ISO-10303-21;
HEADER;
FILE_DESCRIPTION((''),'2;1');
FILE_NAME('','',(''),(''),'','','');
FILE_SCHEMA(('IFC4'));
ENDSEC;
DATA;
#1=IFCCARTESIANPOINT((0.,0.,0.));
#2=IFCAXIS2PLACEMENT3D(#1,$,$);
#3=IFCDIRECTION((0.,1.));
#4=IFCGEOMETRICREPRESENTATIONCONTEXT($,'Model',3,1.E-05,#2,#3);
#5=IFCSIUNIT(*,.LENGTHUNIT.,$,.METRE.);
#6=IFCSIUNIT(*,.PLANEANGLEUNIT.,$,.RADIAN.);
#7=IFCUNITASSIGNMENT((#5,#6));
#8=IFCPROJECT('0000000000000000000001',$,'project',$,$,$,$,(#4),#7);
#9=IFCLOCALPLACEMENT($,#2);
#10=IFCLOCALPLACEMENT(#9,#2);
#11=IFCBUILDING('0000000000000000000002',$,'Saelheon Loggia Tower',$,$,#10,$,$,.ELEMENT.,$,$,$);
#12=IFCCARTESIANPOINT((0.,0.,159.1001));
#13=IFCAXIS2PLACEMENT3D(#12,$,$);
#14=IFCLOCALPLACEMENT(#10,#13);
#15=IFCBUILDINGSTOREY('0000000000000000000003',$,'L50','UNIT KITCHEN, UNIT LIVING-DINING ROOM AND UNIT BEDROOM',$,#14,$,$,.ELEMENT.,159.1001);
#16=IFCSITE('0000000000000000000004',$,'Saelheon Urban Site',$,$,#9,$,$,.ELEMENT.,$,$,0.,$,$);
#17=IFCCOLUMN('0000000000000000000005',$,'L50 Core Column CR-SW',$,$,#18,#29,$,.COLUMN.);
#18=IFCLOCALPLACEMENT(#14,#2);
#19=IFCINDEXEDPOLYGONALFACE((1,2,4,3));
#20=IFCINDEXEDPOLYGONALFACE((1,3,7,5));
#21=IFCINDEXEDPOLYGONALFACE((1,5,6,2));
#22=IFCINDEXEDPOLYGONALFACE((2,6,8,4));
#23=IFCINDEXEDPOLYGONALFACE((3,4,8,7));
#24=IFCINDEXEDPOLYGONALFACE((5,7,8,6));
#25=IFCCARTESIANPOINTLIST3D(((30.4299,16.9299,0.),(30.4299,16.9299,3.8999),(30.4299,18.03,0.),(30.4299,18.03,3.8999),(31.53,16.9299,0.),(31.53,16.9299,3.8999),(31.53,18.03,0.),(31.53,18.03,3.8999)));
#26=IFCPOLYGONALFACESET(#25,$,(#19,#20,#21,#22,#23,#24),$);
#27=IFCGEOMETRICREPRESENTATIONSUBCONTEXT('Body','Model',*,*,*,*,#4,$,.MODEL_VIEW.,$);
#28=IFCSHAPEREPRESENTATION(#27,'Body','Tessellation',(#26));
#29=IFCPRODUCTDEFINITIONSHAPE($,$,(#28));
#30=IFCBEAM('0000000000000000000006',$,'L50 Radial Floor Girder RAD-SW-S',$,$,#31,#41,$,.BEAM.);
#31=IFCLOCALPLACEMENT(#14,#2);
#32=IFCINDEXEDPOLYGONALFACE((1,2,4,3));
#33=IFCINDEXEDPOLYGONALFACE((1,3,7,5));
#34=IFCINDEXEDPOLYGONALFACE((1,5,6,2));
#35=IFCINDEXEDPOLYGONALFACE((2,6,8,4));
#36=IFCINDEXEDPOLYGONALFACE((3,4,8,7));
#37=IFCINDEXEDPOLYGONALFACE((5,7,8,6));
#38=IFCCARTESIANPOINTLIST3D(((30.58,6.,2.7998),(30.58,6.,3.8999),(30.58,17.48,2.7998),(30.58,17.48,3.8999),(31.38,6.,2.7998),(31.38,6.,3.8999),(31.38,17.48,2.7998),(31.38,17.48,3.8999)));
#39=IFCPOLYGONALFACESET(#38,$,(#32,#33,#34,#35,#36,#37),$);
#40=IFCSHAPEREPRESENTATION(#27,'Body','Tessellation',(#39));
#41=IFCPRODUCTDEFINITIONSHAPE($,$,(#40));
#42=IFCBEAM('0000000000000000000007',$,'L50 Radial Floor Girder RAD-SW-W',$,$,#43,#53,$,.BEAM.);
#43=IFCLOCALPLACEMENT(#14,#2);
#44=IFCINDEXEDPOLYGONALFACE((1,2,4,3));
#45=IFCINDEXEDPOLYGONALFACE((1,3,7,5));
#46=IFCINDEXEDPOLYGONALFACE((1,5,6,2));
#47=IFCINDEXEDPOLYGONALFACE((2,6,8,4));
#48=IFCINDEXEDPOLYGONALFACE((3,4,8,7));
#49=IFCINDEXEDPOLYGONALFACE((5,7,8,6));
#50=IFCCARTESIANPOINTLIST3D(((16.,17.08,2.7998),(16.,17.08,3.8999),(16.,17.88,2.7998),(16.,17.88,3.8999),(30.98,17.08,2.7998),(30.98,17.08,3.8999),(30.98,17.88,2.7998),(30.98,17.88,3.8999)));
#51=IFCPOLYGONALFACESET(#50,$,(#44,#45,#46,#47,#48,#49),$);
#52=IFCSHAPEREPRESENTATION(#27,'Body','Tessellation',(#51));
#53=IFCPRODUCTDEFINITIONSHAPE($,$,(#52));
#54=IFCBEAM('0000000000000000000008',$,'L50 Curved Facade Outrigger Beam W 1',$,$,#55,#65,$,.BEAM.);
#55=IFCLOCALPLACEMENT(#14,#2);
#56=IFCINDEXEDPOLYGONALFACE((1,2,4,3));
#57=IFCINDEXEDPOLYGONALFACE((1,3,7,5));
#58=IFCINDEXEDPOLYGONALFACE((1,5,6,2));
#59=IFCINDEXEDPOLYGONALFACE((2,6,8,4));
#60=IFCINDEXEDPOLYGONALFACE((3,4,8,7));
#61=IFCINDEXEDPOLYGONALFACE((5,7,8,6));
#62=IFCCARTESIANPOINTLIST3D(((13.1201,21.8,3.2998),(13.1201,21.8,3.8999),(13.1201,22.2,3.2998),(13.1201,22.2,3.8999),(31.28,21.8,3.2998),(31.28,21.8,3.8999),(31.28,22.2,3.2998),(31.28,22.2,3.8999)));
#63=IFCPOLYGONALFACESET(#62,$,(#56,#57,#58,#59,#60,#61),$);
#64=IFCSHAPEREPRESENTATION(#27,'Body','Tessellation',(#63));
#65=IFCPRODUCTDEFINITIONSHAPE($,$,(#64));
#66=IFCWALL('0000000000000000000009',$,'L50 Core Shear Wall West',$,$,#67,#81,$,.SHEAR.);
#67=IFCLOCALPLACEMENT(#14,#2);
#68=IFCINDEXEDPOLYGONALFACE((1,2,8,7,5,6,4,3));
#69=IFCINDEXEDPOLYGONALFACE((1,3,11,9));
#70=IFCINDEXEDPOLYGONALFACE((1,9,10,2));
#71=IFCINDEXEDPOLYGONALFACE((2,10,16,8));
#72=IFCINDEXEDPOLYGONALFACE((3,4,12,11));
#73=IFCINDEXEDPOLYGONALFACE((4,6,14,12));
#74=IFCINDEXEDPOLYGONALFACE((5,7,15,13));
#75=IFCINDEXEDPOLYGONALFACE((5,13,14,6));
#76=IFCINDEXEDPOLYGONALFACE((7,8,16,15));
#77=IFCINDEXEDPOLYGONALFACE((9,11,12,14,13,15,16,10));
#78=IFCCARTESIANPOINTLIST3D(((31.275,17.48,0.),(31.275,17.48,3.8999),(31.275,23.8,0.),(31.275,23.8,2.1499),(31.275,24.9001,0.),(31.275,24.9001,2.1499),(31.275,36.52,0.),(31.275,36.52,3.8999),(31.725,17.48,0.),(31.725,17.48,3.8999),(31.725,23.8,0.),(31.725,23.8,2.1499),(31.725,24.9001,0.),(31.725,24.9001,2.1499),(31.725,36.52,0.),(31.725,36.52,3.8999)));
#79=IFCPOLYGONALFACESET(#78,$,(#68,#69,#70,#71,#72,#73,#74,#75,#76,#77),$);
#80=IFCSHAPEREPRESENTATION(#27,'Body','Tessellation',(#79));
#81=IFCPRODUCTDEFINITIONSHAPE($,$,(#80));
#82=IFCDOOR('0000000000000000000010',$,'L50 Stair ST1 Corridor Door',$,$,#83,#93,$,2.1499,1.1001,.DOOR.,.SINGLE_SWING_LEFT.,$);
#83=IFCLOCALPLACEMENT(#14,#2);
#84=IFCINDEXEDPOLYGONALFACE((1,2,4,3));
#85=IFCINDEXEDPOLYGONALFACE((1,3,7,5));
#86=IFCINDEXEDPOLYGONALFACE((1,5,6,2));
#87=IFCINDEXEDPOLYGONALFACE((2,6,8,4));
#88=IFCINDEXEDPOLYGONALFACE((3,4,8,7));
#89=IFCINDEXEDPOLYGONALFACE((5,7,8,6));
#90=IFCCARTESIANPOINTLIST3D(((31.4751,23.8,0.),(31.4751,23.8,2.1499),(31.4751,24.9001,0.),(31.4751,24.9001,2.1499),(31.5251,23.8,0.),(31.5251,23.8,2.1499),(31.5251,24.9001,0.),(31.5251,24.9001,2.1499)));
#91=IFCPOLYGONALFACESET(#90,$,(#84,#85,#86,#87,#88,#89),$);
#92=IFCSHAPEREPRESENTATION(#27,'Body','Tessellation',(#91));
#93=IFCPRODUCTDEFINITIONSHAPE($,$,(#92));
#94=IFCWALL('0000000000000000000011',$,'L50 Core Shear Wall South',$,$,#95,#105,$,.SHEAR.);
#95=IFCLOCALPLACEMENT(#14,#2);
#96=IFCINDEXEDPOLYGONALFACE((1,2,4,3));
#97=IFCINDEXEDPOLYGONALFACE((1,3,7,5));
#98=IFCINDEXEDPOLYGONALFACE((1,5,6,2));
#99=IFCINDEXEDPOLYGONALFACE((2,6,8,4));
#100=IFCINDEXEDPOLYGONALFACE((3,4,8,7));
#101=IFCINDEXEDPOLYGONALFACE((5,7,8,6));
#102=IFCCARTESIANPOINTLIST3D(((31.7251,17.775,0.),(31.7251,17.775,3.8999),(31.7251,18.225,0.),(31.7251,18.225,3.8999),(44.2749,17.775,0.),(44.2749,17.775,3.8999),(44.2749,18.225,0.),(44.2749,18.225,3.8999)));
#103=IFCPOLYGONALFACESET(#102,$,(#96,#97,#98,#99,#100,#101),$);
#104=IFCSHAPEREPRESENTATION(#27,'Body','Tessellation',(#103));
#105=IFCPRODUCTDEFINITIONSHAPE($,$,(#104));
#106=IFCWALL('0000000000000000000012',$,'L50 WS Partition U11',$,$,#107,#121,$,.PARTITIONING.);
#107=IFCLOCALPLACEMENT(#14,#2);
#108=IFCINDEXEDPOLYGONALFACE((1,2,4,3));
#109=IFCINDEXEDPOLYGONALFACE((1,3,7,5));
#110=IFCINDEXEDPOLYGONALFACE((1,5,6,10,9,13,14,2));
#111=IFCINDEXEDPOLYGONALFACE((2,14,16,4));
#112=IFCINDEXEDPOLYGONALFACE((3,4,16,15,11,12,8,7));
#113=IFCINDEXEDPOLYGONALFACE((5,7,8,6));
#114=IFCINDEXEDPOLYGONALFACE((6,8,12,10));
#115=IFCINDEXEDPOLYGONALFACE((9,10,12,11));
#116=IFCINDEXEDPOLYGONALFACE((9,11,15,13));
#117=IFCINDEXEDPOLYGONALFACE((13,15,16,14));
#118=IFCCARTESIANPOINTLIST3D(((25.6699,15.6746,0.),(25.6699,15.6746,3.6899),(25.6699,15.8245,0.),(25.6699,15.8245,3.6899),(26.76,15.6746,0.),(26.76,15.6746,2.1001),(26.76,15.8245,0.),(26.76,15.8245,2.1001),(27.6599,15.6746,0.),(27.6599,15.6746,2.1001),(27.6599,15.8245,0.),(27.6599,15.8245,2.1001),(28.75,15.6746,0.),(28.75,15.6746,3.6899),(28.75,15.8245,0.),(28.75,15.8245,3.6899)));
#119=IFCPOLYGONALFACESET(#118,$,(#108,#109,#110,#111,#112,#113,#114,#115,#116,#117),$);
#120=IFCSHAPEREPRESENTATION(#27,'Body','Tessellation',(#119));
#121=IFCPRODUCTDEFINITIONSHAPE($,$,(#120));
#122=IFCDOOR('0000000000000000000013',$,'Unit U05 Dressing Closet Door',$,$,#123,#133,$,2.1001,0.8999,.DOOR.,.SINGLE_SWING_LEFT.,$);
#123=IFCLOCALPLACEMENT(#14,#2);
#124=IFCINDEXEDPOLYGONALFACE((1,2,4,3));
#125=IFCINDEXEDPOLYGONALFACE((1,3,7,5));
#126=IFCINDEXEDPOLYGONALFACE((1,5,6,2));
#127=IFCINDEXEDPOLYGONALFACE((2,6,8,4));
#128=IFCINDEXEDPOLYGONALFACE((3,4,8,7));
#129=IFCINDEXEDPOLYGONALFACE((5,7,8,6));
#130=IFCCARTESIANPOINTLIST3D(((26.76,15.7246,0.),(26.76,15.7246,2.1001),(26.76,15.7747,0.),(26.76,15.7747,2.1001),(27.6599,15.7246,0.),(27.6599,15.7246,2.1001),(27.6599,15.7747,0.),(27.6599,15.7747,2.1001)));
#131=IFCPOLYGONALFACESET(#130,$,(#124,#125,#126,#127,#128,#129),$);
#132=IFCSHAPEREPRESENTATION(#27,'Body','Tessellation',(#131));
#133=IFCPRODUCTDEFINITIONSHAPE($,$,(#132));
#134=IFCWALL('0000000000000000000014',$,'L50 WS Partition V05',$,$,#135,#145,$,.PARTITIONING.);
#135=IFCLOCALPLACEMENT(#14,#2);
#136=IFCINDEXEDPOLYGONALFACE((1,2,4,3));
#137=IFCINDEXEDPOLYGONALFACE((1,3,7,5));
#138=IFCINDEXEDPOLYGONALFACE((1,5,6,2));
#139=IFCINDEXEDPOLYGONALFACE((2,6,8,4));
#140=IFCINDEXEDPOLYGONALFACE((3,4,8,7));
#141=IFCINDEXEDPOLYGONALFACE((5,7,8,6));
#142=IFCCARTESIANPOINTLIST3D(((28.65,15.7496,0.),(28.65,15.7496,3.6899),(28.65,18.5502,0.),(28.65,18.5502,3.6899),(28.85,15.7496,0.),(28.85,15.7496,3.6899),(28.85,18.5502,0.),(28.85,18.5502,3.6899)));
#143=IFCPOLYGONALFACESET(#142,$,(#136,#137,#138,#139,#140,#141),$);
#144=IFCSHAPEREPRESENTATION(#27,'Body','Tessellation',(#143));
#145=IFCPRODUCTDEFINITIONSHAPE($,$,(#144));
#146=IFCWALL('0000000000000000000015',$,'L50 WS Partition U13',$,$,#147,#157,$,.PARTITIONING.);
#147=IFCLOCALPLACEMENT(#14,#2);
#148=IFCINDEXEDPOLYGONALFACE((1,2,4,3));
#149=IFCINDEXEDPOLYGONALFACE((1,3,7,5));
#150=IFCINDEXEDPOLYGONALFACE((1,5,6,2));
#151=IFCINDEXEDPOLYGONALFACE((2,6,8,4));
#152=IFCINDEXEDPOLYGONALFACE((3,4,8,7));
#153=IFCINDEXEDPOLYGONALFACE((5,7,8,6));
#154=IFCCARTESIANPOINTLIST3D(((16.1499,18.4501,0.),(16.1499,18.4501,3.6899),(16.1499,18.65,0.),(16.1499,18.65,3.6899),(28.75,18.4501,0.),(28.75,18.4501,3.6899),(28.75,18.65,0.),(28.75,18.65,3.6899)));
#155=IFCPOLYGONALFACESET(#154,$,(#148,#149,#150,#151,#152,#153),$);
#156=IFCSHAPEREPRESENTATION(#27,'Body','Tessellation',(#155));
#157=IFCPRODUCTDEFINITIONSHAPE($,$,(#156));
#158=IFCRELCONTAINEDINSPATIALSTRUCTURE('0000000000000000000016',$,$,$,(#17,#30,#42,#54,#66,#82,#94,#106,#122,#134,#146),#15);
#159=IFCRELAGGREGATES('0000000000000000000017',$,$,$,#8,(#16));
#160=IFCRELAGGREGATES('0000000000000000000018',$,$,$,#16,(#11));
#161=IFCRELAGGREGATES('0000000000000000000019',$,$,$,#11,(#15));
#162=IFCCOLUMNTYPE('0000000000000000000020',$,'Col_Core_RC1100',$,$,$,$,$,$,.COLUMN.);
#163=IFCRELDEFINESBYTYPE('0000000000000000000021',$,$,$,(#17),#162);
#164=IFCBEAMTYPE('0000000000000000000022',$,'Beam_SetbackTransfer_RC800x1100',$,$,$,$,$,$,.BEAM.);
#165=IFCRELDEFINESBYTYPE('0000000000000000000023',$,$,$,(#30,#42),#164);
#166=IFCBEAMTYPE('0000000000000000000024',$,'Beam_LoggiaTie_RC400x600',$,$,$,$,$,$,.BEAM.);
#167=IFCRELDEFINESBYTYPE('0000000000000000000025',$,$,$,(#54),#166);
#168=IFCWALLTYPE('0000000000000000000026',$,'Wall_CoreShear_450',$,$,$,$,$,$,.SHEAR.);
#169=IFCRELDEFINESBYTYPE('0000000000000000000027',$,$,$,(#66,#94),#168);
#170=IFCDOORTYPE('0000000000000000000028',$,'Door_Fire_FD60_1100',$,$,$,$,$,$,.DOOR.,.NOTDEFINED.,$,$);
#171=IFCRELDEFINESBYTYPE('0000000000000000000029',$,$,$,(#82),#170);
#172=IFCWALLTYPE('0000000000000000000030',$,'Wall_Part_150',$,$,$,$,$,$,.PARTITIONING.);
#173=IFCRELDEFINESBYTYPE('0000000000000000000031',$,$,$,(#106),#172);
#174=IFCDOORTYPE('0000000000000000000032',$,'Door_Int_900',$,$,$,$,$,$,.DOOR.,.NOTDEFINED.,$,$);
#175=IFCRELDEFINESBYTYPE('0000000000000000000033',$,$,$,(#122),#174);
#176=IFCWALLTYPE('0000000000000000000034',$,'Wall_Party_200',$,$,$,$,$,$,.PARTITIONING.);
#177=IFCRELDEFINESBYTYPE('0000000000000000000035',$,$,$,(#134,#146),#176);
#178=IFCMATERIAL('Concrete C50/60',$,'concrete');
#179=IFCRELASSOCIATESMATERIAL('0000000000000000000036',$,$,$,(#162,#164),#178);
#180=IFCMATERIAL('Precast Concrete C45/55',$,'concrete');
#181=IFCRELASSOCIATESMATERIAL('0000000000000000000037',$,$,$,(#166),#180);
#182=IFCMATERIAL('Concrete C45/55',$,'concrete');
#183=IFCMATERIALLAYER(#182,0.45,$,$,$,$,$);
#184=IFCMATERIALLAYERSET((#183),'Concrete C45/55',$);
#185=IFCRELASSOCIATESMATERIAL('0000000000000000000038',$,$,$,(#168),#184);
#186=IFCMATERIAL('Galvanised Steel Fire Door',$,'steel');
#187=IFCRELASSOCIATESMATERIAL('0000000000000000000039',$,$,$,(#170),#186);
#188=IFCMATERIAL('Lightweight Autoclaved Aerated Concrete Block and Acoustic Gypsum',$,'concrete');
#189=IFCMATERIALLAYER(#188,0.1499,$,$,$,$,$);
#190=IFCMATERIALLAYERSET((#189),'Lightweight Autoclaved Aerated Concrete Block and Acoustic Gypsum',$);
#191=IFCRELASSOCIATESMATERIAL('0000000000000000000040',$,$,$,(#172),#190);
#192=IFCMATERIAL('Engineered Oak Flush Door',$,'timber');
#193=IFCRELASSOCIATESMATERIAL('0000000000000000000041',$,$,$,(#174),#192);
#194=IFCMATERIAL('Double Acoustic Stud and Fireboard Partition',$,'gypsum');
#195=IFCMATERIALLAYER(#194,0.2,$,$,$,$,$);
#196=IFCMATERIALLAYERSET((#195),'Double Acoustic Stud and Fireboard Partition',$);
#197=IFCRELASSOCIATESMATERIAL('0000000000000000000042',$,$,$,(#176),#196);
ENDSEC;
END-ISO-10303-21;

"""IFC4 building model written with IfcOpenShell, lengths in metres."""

from ifc_helpers import new_model, si_unit, direction, frame, frame_2d, origin, origin_2d, place, context, subcontext, project, spatial, rectangle, extrude, source, transform, mapped, material, layer, layer_set, material_profile, profile_set, type_object, element, fill, save


model = new_model("IFC4")

# Units and contexts
model_context = context("Model", 3, precision=1e-05, world=origin(), true_north=direction((0.0, 1.0)))
body_context = subcontext(model_context, "Body", "Model", "MODEL_VIEW")
ifc_project = project(units=[si_unit("LENGTHUNIT", "METRE"), si_unit("PLANEANGLEUNIT", "RADIAN")], contexts=[model_context])

# Site, building, storey
site_placement = place(None, origin())
site = spatial("IfcSite", under=ifc_project, at=site_placement, Name="Saelheon Urban Site", CompositionType="ELEMENT", RefElevation=0.0)
building_placement = place(site_placement, origin())
building = spatial("IfcBuilding", under=site, at=building_placement, Name="Saelheon Loggia Tower", CompositionType="ELEMENT")
storey_placement = place(building_placement, frame((0.0, 0.0, 159.1001)))
storey = spatial("IfcBuildingStorey", under=building, at=storey_placement, Name="L50", Description="UNIT KITCHEN, UNIT LIVING-DINING ROOM AND UNIT BEDROOM", CompositionType="ELEMENT", Elevation=159.1001)

# Column
ifc_material_1 = material(Name="Concrete C50/60", Category="concrete")
ifc_material_profile_1 = material_profile(ifc_material_1, rectangle(XDim=1.1001, YDim=1.1001, at=origin_2d()), Name="RC-1100x1100")
ifc_profile_set_1 = profile_set([ifc_material_profile_1], Name="Concrete C50/60")
column_type = type_object("IfcColumnType", Name="Col_Core_RC1100", PredefinedType="COLUMN", material=ifc_profile_set_1)
shared_shape_1 = source(origin(), body_context, "Body", "SweptSolid", [
    extrude(rectangle(XDim=1.1001, YDim=1.1001, at=origin_2d()), origin(), (0.0, 0.0, 1.0), 3.8999),
])
column_placement = place(storey_placement, frame((30.98, 17.48, 0.0), z_axis=(0.0, 0.0, 1.0), x_axis=(1.0, 0.0, 0.0)))
element("IfcColumn", 1, at=column_placement, inside=storey, type_object=column_type, Name="L50 Core Column CR-SW", PredefinedType="COLUMN", context=body_context, shape_type="MappedRepresentation", body=[
    mapped(shared_shape_1, transform((0.0, 0.0, 0.0), scale=1.0)),
])

# Beams
ifc_material_profile_2 = material_profile(ifc_material_1, rectangle(XDim=0.8, YDim=1.1001, at=origin_2d()), Name="RC-800x1100")
ifc_profile_set_2 = profile_set([ifc_material_profile_2], Name="Concrete C50/60")
beam_type_1 = type_object("IfcBeamType", Name="Beam_SetbackTransfer_RC800x1100", PredefinedType="BEAM", material=ifc_profile_set_2)
shared_shape_2 = source(origin(), body_context, "Body", "SweptSolid", [
    extrude(rectangle(XDim=0.8, YDim=1.1001, at=origin_2d()), origin(), (0.0, 0.0, 1.0), 11.48),
])
beam_1_placement = place(storey_placement, frame((30.98, 17.48, 3.3499), z_axis=(0.0, -1.0, 0.0), x_axis=(1.0, 0.0, 0.0)))
element("IfcBeam", 2, at=beam_1_placement, inside=storey, type_object=beam_type_1, Name="L50 Radial Floor Girder RAD-SW-S", PredefinedType="BEAM", context=body_context, shape_type="MappedRepresentation", body=[
    mapped(shared_shape_2, transform((0.0, 0.0, 0.0), scale=1.0)),
])
shared_shape_3 = source(origin(), body_context, "Body", "SweptSolid", [
    extrude(rectangle(XDim=0.8, YDim=1.1001, at=origin_2d()), origin(), (0.0, 0.0, 1.0), 14.98),
])
beam_2_placement = place(storey_placement, frame((30.98, 17.48, 3.3499), z_axis=(-1.0, 0.0, 0.0), x_axis=(0.0, -1.0, 0.0)))
element("IfcBeam", 3, at=beam_2_placement, inside=storey, type_object=beam_type_1, Name="L50 Radial Floor Girder RAD-SW-W", PredefinedType="BEAM", context=body_context, shape_type="MappedRepresentation", body=[
    mapped(shared_shape_3, transform((0.0, 0.0, 0.0), scale=1.0)),
])
ifc_material_2 = material(Name="Precast Concrete C45/55", Category="concrete")
ifc_material_profile_3 = material_profile(ifc_material_2, rectangle(XDim=0.3999, YDim=0.6001, at=origin_2d()), Name="RC-400x600")
ifc_profile_set_3 = profile_set([ifc_material_profile_3], Name="Precast Concrete C45/55")
beam_type_2 = type_object("IfcBeamType", Name="Beam_LoggiaTie_RC400x600", PredefinedType="BEAM", material=ifc_profile_set_3)
shared_shape_4 = source(origin(), body_context, "Body", "SweptSolid", [
    extrude(rectangle(XDim=0.3999, YDim=0.6001, at=origin_2d()), origin(), (0.0, 0.0, 1.0), 18.1599),
])
beam_3_placement = place(storey_placement, frame((31.28, 22.0, 3.5999), z_axis=(-1.0, 0.0, 0.0), x_axis=(0.0, -1.0, 0.0)))
element("IfcBeam", 4, at=beam_3_placement, inside=storey, type_object=beam_type_2, Name="L50 Curved Facade Outrigger Beam W 1", PredefinedType="BEAM", context=body_context, shape_type="MappedRepresentation", body=[
    mapped(shared_shape_4, transform((0.0, 0.0, 0.0), scale=1.0)),
])

# Wall, opening, door
ifc_material_3 = material(Name="Concrete C45/55", Category="concrete")
ifc_layer_1 = layer(ifc_material_3, 0.45)
ifc_layer_set_1 = layer_set([ifc_layer_1], Name="Concrete C45/55")
wall_type_1 = type_object("IfcWallType", Name="Wall_CoreShear_450", PredefinedType="SHEAR", material=ifc_layer_set_1)
wall_1_placement = place(storey_placement, frame((31.5, 17.48, 0.0), z_axis=(0.0, 0.0, 1.0), x_axis=(0.0, 1.0, 0.0)))
wall_1 = element("IfcWall", 5, at=wall_1_placement, inside=storey, type_object=wall_type_1, Name="L50 Core Shear Wall West", PredefinedType="SHEAR", context=body_context, shape_type="SweptSolid", body=[
    extrude(rectangle(XDim=19.04, YDim=0.45, at=frame_2d((9.52, 0.0))), origin(), (0.0, 0.0, 1.0), 3.8999),
])
opening_1_placement = place(wall_1_placement, frame((6.3201, 0.0, 0.0)))
opening_1 = element("IfcOpeningElement", 6, at=opening_1_placement, cuts=wall_1, PredefinedType="OPENING", context=body_context, shape_type="SweptSolid", body=[
    extrude(rectangle(XDim=1.1001, YDim=2.1499, at=frame_2d((0.55, 1.075))), frame((0.0, 0.2371, 0.0), z_axis=(0.0, -1.0, 0.0), x_axis=(1.0, 0.0, 0.0)), (0.0, 0.0, 1.0), 0.4739),
])
ifc_material_4 = material(Name="Galvanised Steel Fire Door", Category="steel")
door_type_1 = type_object("IfcDoorType", Name="Door_Fire_FD60_1100", OperationType="NOTDEFINED", PredefinedType="DOOR", material=ifc_material_4)
shared_shape_5 = source(origin(), body_context, "Body", "SweptSolid", [
    extrude(rectangle(XDim=1.1001, YDim=2.1499, at=frame_2d((0.55, 1.075))), frame((0.0, 0.0249, 0.0), z_axis=(0.0, -1.0, 0.0), x_axis=(1.0, 0.0, 0.0)), (0.0, 0.0, 1.0), 0.05),
])
door_1_placement = place(opening_1_placement, origin())
door_1 = element("IfcDoor", 7, at=door_1_placement, inside=storey, type_object=door_type_1, Name="L50 Stair ST1 Corridor Door", OperationType="SINGLE_SWING_LEFT", OverallHeight=2.1499, OverallWidth=1.1001, PredefinedType="DOOR", context=body_context, shape_type="MappedRepresentation", body=[
    mapped(shared_shape_5, transform((0.0, 0.0, 0.0), scale=1.0)),
])
fill(opening_1, door_1)

# Wall
wall_2_placement = place(storey_placement, frame((31.7251, 18.0, 0.0), z_axis=(0.0, 0.0, 1.0), x_axis=(1.0, 0.0, 0.0)))
element("IfcWall", 8, at=wall_2_placement, inside=storey, type_object=wall_type_1, Name="L50 Core Shear Wall South", PredefinedType="SHEAR", context=body_context, shape_type="SweptSolid", body=[
    extrude(rectangle(XDim=12.5498, YDim=0.45, at=frame_2d((6.2749, 0.0))), origin(), (0.0, 0.0, 1.0), 3.8999),
])

# Wall, opening, door
ifc_material_5 = material(Name="Lightweight Autoclaved Aerated Concrete Block and Acoustic Gypsum", Category="concrete")
ifc_layer_2 = layer(ifc_material_5, 0.1499)
ifc_layer_set_2 = layer_set([ifc_layer_2], Name="Lightweight Autoclaved Aerated Concrete Block and Acoustic Gypsum")
wall_type_2 = type_object("IfcWallType", Name="Wall_Part_150", PredefinedType="PARTITIONING", material=ifc_layer_set_2)
wall_3_placement = place(storey_placement, frame((28.75, 15.7495, 0.0), z_axis=(0.0, 0.0, 1.0), x_axis=(-1.0, 0.0, 0.0)))
wall_3 = element("IfcWall", 9, at=wall_3_placement, inside=storey, type_object=wall_type_2, Name="L50 WS Partition U11", PredefinedType="PARTITIONING", context=body_context, shape_type="SweptSolid", body=[
    extrude(rectangle(XDim=3.0801, YDim=0.1499, at=frame_2d((1.54, 0.0))), origin(), (0.0, 0.0, 1.0), 3.6899),
])
opening_2_placement = place(wall_3_placement, frame((1.0901, 0.0, 0.0)))
opening_2 = element("IfcOpeningElement", 10, at=opening_2_placement, cuts=wall_3, PredefinedType="OPENING", context=body_context, shape_type="SweptSolid", body=[
    extrude(rectangle(XDim=0.8999, YDim=2.1001, at=frame_2d((0.45, 1.05))), frame((0.0, 0.0869, 0.0), z_axis=(0.0, -1.0, 0.0), x_axis=(1.0, 0.0, 0.0)), (0.0, 0.0, 1.0), 0.1738),
])
ifc_material_6 = material(Name="Engineered Oak Flush Door", Category="timber")
door_type_2 = type_object("IfcDoorType", Name="Door_Int_900", OperationType="NOTDEFINED", PredefinedType="DOOR", material=ifc_material_6)
shared_shape_6 = source(origin(), body_context, "Body", "SweptSolid", [
    extrude(rectangle(XDim=0.8999, YDim=2.1001, at=frame_2d((0.45, 1.05))), frame((0.0, 0.0249, 0.0), z_axis=(0.0, -1.0, 0.0), x_axis=(1.0, 0.0, 0.0)), (0.0, 0.0, 1.0), 0.05),
])
door_2_placement = place(opening_2_placement, origin())
door_2 = element("IfcDoor", 11, at=door_2_placement, inside=storey, type_object=door_type_2, Name="Unit U05 Dressing Closet Door", OperationType="SINGLE_SWING_LEFT", OverallHeight=2.1001, OverallWidth=0.8999, PredefinedType="DOOR", context=body_context, shape_type="MappedRepresentation", body=[
    mapped(shared_shape_6, transform((0.0, 0.0, 0.0), scale=1.0)),
])
fill(opening_2, door_2)

# Walls
ifc_material_7 = material(Name="Double Acoustic Stud and Fireboard Partition", Category="gypsum")
ifc_layer_3 = layer(ifc_material_7, 0.2)
ifc_layer_set_3 = layer_set([ifc_layer_3], Name="Double Acoustic Stud and Fireboard Partition")
wall_type_3 = type_object("IfcWallType", Name="Wall_Party_200", PredefinedType="PARTITIONING", material=ifc_layer_set_3)
wall_4_placement = place(storey_placement, frame((28.75, 15.7495, 0.0), z_axis=(0.0, 0.0, 1.0), x_axis=(0.0, 1.0, 0.0)))
element("IfcWall", 12, at=wall_4_placement, inside=storey, type_object=wall_type_3, Name="L50 WS Partition V05", PredefinedType="PARTITIONING", context=body_context, shape_type="SweptSolid", body=[
    extrude(rectangle(XDim=2.8005, YDim=0.2, at=frame_2d((1.4004, 0.0))), origin(), (0.0, 0.0, 1.0), 3.6899),
])
wall_5_placement = place(storey_placement, frame((28.75, 18.55, 0.0), z_axis=(0.0, 0.0, 1.0), x_axis=(-1.0, 0.0, 0.0)))
element("IfcWall", 13, at=wall_5_placement, inside=storey, type_object=wall_type_3, Name="L50 WS Partition U13", PredefinedType="PARTITIONING", context=body_context, shape_type="SweptSolid", body=[
    extrude(rectangle(XDim=12.6001, YDim=0.2, at=frame_2d((6.3, 0.0))), origin(), (0.0, 0.0, 1.0), 3.6899),
])

save(model, "model.ifc")
